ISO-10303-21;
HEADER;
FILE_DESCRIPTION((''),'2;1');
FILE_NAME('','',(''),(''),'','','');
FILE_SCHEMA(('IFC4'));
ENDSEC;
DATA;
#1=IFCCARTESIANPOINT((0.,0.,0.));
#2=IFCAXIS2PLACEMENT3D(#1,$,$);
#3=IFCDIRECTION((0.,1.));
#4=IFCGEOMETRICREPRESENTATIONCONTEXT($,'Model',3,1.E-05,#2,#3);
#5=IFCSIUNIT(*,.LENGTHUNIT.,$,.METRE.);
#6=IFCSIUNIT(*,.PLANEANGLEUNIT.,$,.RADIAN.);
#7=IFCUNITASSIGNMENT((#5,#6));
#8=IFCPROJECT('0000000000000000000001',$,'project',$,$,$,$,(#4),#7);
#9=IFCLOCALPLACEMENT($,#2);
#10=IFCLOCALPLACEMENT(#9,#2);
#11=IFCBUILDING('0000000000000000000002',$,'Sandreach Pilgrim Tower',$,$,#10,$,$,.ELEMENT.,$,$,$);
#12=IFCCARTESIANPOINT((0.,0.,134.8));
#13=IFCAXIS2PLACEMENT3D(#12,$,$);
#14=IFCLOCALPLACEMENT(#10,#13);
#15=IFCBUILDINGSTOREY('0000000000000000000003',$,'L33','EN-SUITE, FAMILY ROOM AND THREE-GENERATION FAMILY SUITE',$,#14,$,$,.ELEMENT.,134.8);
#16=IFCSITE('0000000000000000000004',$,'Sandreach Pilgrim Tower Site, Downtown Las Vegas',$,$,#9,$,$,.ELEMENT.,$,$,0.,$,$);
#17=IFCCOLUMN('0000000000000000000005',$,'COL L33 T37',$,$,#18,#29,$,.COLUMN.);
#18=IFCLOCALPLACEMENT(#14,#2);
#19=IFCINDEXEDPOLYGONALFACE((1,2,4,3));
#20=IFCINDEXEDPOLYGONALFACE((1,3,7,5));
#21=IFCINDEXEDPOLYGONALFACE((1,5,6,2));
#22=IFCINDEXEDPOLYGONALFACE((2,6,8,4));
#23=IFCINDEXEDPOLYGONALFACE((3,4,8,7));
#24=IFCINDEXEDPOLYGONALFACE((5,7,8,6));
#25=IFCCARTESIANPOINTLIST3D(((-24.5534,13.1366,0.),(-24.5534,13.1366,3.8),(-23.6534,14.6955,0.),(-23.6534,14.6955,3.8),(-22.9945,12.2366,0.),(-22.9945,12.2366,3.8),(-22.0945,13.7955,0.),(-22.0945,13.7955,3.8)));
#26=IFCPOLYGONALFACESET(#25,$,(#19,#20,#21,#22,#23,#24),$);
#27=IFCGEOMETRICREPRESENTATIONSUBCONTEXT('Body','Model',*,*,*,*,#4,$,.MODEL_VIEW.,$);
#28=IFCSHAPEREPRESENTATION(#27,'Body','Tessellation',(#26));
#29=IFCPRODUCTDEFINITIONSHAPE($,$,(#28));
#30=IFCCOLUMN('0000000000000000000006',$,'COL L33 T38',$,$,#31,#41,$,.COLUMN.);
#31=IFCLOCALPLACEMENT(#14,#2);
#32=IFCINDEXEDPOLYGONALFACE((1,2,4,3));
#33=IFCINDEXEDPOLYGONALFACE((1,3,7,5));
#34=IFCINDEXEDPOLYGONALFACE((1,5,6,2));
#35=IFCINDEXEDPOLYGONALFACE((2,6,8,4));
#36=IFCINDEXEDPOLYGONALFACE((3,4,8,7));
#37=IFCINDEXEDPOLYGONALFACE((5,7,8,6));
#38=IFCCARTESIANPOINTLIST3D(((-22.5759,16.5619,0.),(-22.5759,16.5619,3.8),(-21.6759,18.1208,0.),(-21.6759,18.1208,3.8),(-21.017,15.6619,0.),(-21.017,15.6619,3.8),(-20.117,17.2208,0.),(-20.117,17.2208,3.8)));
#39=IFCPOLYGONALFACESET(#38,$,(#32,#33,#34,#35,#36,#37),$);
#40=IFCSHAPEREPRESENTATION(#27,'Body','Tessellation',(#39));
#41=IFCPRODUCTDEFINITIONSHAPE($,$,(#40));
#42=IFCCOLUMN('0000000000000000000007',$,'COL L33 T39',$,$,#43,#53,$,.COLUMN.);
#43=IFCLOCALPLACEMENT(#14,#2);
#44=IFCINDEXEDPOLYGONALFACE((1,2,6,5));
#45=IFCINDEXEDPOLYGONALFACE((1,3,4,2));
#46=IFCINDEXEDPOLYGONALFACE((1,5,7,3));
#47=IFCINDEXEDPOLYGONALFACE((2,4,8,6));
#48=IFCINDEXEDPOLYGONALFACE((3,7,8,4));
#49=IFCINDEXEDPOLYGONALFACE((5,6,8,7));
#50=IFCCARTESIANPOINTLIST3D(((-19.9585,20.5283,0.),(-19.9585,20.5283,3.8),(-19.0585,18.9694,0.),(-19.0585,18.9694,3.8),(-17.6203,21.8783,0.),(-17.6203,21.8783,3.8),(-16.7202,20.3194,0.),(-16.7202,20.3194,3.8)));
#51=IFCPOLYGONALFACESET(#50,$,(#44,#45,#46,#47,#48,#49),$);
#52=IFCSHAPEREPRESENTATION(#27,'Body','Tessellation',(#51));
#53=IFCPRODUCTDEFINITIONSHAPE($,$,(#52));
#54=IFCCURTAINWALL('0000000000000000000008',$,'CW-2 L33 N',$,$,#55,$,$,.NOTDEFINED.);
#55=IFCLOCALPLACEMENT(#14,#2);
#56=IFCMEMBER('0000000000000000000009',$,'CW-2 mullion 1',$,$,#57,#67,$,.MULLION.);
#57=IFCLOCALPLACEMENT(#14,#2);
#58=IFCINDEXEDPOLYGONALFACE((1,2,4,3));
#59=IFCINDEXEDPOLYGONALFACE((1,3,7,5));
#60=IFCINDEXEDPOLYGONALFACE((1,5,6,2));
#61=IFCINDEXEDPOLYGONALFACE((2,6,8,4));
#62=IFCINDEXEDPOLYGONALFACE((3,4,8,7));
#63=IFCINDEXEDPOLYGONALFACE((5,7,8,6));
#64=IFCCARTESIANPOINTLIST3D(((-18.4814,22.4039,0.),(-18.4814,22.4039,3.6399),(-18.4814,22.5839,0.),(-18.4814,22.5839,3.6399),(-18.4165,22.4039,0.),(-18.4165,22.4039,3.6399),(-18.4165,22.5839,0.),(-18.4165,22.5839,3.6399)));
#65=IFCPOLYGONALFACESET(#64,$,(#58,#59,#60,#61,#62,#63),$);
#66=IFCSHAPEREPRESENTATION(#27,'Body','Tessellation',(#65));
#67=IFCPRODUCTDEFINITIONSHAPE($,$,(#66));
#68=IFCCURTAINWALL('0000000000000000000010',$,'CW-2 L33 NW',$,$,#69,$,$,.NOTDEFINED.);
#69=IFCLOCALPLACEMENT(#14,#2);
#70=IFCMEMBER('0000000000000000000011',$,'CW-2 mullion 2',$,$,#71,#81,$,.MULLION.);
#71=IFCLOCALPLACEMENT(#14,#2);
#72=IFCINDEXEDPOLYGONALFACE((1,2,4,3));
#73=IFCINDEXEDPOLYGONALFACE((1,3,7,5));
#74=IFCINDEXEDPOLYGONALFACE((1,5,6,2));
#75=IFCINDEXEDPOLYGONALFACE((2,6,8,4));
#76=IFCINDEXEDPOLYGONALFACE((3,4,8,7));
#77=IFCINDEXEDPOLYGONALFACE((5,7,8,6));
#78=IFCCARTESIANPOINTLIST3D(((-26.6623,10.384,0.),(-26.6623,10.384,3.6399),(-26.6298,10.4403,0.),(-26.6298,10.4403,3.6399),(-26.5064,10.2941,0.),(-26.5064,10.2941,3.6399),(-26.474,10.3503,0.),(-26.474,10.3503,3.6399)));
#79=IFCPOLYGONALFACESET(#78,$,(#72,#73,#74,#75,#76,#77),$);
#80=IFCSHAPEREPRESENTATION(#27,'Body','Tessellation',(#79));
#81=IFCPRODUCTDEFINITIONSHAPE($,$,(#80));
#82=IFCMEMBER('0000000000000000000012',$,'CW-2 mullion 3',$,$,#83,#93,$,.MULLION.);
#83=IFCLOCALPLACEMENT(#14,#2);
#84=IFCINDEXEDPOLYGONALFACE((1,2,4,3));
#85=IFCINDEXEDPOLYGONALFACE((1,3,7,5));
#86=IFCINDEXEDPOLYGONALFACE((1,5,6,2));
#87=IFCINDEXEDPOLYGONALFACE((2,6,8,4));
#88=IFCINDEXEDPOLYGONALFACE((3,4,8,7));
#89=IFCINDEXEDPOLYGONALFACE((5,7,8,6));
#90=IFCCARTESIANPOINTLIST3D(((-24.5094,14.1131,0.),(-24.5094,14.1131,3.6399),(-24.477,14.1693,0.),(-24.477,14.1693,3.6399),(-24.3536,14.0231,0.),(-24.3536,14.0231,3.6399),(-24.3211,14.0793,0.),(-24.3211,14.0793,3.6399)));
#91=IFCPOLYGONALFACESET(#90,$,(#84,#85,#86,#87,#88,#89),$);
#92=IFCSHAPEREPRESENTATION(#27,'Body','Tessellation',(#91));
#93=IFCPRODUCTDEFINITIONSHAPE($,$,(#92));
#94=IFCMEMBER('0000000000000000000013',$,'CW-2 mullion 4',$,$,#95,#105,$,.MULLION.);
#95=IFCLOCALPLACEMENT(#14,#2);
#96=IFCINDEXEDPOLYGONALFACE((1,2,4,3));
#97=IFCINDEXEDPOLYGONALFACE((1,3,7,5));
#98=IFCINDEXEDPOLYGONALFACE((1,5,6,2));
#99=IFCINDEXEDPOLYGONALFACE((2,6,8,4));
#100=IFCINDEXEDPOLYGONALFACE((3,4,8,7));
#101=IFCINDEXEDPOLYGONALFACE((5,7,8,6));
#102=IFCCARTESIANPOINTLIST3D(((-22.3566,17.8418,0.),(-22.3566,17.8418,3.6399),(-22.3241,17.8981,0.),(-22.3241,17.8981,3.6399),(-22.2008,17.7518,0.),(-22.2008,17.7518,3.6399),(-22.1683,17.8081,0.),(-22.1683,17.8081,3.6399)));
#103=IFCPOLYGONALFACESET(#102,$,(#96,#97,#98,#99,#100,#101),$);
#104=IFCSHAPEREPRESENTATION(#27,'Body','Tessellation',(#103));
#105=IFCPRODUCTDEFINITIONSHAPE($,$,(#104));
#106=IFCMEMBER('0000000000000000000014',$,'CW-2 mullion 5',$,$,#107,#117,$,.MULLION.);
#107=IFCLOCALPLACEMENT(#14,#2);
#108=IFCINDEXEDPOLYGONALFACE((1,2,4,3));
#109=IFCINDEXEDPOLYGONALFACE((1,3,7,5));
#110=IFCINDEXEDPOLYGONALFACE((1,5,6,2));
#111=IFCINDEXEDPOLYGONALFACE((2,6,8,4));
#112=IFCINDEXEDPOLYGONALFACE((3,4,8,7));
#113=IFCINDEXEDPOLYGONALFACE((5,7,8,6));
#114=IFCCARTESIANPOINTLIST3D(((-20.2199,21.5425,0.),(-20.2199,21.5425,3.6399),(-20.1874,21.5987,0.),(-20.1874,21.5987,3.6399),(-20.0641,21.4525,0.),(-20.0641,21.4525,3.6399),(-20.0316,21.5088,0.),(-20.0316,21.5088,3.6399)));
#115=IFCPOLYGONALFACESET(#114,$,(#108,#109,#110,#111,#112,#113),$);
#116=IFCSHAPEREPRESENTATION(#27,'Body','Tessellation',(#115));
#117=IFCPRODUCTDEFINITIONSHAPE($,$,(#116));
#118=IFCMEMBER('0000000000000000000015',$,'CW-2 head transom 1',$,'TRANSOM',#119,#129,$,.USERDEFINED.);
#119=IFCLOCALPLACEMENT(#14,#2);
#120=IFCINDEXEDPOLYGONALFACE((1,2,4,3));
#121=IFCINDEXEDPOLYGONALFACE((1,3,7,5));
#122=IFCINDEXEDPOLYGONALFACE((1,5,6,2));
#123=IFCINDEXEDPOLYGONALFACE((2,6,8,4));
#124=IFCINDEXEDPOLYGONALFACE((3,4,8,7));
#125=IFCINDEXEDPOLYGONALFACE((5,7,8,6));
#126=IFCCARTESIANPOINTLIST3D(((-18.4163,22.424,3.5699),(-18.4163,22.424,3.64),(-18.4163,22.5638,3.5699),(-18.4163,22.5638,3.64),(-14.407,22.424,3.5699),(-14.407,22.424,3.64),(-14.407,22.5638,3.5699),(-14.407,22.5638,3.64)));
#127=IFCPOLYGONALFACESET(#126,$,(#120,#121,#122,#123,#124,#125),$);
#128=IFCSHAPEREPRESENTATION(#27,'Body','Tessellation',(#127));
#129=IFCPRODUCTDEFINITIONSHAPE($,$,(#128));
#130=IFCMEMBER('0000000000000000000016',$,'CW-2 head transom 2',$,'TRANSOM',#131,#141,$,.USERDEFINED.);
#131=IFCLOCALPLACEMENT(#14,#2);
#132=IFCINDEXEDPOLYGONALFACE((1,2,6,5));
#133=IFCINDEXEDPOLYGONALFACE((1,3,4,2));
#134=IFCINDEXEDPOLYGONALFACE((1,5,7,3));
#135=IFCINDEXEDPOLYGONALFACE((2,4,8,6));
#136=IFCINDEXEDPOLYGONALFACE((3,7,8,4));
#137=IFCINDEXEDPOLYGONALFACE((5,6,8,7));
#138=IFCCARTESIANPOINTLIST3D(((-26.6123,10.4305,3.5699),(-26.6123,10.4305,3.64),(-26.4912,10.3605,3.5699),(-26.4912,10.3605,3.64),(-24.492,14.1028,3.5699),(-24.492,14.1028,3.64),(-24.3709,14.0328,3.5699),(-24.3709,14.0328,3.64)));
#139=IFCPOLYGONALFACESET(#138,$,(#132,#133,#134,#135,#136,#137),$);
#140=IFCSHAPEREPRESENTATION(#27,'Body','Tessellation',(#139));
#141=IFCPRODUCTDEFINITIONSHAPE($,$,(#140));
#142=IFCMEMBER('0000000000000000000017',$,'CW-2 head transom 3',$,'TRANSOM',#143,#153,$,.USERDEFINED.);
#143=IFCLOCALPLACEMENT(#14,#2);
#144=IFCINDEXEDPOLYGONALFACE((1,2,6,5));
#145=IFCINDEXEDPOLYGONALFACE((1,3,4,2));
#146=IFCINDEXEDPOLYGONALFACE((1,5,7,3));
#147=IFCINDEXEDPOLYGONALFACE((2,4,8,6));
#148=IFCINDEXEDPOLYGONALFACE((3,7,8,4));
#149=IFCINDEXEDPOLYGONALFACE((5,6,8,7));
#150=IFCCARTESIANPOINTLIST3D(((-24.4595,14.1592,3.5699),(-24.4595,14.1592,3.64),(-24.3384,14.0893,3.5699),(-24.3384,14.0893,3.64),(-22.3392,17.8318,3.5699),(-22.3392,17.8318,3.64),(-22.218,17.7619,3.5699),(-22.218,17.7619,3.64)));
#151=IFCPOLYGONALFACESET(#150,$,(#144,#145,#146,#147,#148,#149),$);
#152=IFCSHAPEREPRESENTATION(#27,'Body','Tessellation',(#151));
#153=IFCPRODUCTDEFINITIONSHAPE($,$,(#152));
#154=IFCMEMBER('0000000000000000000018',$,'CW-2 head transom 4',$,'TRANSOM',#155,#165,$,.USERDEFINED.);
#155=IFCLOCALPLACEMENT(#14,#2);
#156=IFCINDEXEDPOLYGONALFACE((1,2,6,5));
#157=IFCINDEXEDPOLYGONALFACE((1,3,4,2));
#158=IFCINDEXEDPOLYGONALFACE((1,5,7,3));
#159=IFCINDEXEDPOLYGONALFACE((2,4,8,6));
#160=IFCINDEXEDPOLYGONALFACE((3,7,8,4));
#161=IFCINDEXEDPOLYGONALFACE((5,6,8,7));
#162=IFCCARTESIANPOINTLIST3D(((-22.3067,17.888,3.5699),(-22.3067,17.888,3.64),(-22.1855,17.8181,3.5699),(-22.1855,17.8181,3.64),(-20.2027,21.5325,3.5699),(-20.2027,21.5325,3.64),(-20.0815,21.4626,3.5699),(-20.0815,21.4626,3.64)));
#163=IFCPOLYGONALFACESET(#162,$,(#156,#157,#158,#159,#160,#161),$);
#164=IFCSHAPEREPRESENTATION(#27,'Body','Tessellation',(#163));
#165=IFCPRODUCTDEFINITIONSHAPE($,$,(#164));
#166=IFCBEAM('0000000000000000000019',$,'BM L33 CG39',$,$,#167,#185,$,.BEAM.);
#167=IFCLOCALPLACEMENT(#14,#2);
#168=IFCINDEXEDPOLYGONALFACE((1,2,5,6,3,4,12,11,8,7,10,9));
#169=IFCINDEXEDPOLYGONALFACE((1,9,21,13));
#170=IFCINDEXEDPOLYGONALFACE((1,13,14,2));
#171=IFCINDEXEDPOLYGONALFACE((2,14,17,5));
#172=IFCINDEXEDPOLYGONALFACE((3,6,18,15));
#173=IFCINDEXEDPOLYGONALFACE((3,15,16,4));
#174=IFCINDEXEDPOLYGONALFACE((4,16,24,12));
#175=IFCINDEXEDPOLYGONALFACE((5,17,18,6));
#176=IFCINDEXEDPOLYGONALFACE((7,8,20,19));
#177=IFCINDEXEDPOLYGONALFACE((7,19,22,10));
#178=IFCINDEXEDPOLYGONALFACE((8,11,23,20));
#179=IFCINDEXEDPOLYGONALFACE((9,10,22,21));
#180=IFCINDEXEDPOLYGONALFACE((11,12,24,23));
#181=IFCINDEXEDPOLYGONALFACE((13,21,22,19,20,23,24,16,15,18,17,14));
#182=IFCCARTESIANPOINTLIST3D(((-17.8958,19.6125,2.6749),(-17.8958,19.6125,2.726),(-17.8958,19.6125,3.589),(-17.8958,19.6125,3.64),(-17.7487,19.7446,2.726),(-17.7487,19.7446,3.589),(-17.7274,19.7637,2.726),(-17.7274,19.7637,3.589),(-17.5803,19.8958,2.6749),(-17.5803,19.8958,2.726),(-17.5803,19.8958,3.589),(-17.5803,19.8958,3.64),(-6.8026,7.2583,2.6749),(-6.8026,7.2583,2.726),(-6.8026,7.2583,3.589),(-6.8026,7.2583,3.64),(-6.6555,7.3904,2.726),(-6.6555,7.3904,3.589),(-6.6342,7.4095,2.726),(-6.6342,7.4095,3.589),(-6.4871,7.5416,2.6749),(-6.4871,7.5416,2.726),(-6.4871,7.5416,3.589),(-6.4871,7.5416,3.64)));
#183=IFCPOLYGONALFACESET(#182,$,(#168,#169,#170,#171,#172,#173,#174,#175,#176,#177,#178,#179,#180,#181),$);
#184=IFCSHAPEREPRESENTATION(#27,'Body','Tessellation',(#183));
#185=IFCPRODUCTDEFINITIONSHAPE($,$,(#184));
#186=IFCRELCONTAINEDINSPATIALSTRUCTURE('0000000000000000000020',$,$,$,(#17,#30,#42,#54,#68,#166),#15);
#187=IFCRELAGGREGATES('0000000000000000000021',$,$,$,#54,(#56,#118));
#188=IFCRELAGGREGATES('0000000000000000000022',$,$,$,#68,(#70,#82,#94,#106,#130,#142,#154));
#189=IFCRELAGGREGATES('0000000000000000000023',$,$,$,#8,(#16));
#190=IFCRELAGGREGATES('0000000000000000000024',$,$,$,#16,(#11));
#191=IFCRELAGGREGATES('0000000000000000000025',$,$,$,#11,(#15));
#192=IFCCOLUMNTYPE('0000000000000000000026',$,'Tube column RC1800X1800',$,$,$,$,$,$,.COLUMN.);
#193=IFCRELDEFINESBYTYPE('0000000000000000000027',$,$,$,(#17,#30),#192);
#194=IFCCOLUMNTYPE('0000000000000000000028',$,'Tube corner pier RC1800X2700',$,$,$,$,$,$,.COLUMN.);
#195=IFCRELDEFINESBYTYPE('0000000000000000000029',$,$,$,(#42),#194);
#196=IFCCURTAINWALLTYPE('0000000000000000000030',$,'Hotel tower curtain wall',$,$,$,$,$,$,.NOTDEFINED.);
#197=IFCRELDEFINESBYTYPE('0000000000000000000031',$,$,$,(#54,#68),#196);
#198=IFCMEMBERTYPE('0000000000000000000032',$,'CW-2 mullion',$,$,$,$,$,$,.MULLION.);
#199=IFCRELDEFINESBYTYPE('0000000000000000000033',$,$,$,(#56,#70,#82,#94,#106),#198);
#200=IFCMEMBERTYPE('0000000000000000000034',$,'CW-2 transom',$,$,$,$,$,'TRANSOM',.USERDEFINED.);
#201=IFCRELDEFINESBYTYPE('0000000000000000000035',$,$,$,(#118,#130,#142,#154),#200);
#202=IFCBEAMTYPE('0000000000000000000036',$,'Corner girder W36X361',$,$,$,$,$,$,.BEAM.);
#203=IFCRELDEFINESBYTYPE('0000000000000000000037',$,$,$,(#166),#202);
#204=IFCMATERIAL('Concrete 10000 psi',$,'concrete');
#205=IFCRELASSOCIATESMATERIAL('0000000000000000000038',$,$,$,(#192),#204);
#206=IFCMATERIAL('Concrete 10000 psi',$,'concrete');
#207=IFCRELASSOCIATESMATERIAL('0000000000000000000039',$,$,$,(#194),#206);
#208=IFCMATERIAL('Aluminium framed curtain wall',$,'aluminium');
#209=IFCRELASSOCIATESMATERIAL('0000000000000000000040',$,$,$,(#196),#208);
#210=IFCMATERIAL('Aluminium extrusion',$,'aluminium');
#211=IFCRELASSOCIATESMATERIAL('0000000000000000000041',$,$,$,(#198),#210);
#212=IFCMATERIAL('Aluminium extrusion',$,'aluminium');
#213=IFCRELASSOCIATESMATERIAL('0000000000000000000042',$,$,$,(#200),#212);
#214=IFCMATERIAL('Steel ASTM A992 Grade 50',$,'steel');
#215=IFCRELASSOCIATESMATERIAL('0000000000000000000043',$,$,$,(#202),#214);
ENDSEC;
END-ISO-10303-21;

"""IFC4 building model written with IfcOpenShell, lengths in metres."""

from ifc_helpers import new_model, si_unit, direction, frame, origin, origin_2d, place, context, subcontext, project, spatial, rectangle, i_section, extrude, material, material_profile, profile_set, type_object, element, aggregate, save


model = new_model("IFC4")

# Units and contexts
model_context = context("Model", 3, precision=1e-05, world=origin(), true_north=direction((0.0, 1.0)))
body_context = subcontext(model_context, "Body", "Model", "MODEL_VIEW")
ifc_project = project(units=[si_unit("LENGTHUNIT", "METRE"), si_unit("PLANEANGLEUNIT", "RADIAN")], contexts=[model_context])

# Site, building, storey
site_placement = place(None, origin())
site = spatial("IfcSite", under=ifc_project, at=site_placement, Name="Sandreach Pilgrim Tower Site, Downtown Las Vegas", CompositionType="ELEMENT", RefElevation=0.0)
building_placement = place(site_placement, origin())
building = spatial("IfcBuilding", under=site, at=building_placement, Name="Sandreach Pilgrim Tower", CompositionType="ELEMENT")
storey_placement = place(building_placement, frame((0.0, 0.0, 134.8)))
storey = spatial("IfcBuildingStorey", under=building, at=storey_placement, Name="L33", Description="EN-SUITE, FAMILY ROOM AND THREE-GENERATION FAMILY SUITE", CompositionType="ELEMENT", Elevation=134.8)

# Columns
ifc_material_1 = material(Name="Concrete 10000 psi", Category="concrete")
ifc_material_profile_1 = material_profile(ifc_material_1, rectangle(XDim=1.8, YDim=1.8, at=origin_2d()), Name="RC1800X1800")
ifc_profile_set_1 = profile_set([ifc_material_profile_1], Name="Concrete 10000 psi")
column_type_1 = type_object("IfcColumnType", Name="Tube column RC1800X1800", PredefinedType="COLUMN", material=ifc_profile_set_1)
for number, where, z_axis, x_axis, name in (
    (1, (-23.324, 13.4661, 0.0), (0.0, 0.0, 1.0), (-0.866025, 0.5, 0.0), "COL L33 T37"),
    (2, (-21.3464, 16.8914, 0.0), (0.0, 0.0, 1.0), (-0.866025, 0.5, 0.0), "COL L33 T38"),
):
    element("IfcColumn", number, at=place(storey_placement, frame(where, z_axis=z_axis, x_axis=x_axis)), inside=storey, type_object=column_type_1, Name=name, PredefinedType="COLUMN", context=body_context, shape_type="SweptSolid", body=[
        extrude(rectangle(XDim=1.8, YDim=1.8, at=origin_2d()), origin(), (0.0, 0.0, 1.0), 3.8),
    ])
ifc_material_2 = material(Name="Concrete 10000 psi", Category="concrete")
ifc_material_profile_2 = material_profile(ifc_material_2, rectangle(XDim=1.8, YDim=2.7, at=origin_2d()), Name="RC1800X2700")
ifc_profile_set_2 = profile_set([ifc_material_profile_2], Name="Concrete 10000 psi")
column_type_2 = type_object("IfcColumnType", Name="Tube corner pier RC1800X2700", PredefinedType="COLUMN", material=ifc_profile_set_2)
column_placement = place(storey_placement, frame((-18.3394, 20.4238, 0.0), z_axis=(0.0, 0.0, 1.0), x_axis=(-0.5, 0.866025, 0.0)))
element("IfcColumn", 3, at=column_placement, inside=storey, type_object=column_type_2, Name="COL L33 T39", PredefinedType="COLUMN", context=body_context, shape_type="SweptSolid", body=[
    extrude(rectangle(XDim=1.8, YDim=2.7, at=origin_2d()), origin(), (0.0, 0.0, 1.0), 3.8),
])

# Curtain wall, member
ifc_material_3 = material(Name="Aluminium framed curtain wall", Category="aluminium")
curtain_wall_type = type_object("IfcCurtainWallType", Name="Hotel tower curtain wall", PredefinedType="NOTDEFINED", material=ifc_material_3)
curtain_wall_1_placement = place(storey_placement, origin())
curtain_wall_1 = element("IfcCurtainWall", 4, at=curtain_wall_1_placement, inside=storey, type_object=curtain_wall_type, Name="CW-2 L33 N", PredefinedType="NOTDEFINED")
ifc_material_4 = material(Name="Aluminium extrusion", Category="aluminium")
ifc_material_profile_3 = material_profile(ifc_material_4, rectangle(XDim=0.0649, YDim=0.1799, at=origin_2d()), Name="CW-2M 65X180")
ifc_profile_set_3 = profile_set([ifc_material_profile_3], Name="Aluminium extrusion")
member_type_1 = type_object("IfcMemberType", Name="CW-2 mullion", PredefinedType="MULLION", material=ifc_profile_set_3)
member_1_placement = place(storey_placement, frame((-18.449, 22.4939, 0.0), z_axis=(0.0, 0.0, 1.0), x_axis=(1.0, 0.0, 0.0)))
member_1 = element("IfcMember", 5, at=member_1_placement, type_object=member_type_1, Name="CW-2 mullion 1", PredefinedType="MULLION", context=body_context, shape_type="SweptSolid", body=[
    extrude(rectangle(XDim=0.0649, YDim=0.1799, at=origin_2d()), origin(), (0.0, 0.0, 1.0), 3.6399),
])

# Curtain wall, members
curtain_wall_2_placement = place(storey_placement, origin())
curtain_wall_2 = element("IfcCurtainWall", 6, at=curtain_wall_2_placement, inside=storey, type_object=curtain_wall_type, Name="CW-2 L33 NW", PredefinedType="NOTDEFINED")
member_2_placement = place(storey_placement, frame((-26.5681, 10.3672, 0.0), z_axis=(0.0, 0.0, 1.0), x_axis=(0.5, 0.866025, 0.0)))
member_2 = element("IfcMember", 7, at=member_2_placement, type_object=member_type_1, Name="CW-2 mullion 2", PredefinedType="MULLION", context=body_context, shape_type="SweptSolid", body=[
    extrude(rectangle(XDim=0.0649, YDim=0.1799, at=origin_2d()), origin(), (0.0, 0.0, 1.0), 3.6399),
])
member_3_placement = place(storey_placement, frame((-24.4153, 14.0962, 0.0), z_axis=(0.0, 0.0, 1.0), x_axis=(0.5, 0.866025, 0.0)))
member_3 = element("IfcMember", 8, at=member_3_placement, type_object=member_type_1, Name="CW-2 mullion 3", PredefinedType="MULLION", context=body_context, shape_type="SweptSolid", body=[
    extrude(rectangle(XDim=0.0649, YDim=0.1799, at=origin_2d()), origin(), (0.0, 0.0, 1.0), 3.6399),
])
member_4_placement = place(storey_placement, frame((-22.2625, 17.825, 0.0), z_axis=(0.0, 0.0, 1.0), x_axis=(0.5, 0.866025, 0.0)))
member_4 = element("IfcMember", 9, at=member_4_placement, type_object=member_type_1, Name="CW-2 mullion 4", PredefinedType="MULLION", context=body_context, shape_type="SweptSolid", body=[
    extrude(rectangle(XDim=0.0649, YDim=0.1799, at=origin_2d()), origin(), (0.0, 0.0, 1.0), 3.6399),
])
member_5_placement = place(storey_placement, frame((-20.1257, 21.5256, 0.0), z_axis=(0.0, 0.0, 1.0), x_axis=(0.5, 0.866025, 0.0)))
member_5 = element("IfcMember", 10, at=member_5_placement, type_object=member_type_1, Name="CW-2 mullion 5", PredefinedType="MULLION", context=body_context, shape_type="SweptSolid", body=[
    extrude(rectangle(XDim=0.0649, YDim=0.1799, at=origin_2d()), origin(), (0.0, 0.0, 1.0), 3.6399),
])

# Members
ifc_material_5 = material(Name="Aluminium extrusion", Category="aluminium")
ifc_material_profile_4 = material_profile(ifc_material_5, rectangle(XDim=0.1399, YDim=0.0701, at=origin_2d()), Name="CW-2T 140X70")
ifc_profile_set_4 = profile_set([ifc_material_profile_4], Name="Aluminium extrusion")
member_type_2 = type_object("IfcMemberType", Name="CW-2 transom", ElementType="TRANSOM", PredefinedType="USERDEFINED", material=ifc_profile_set_4)
member_6_placement = place(storey_placement, frame((-18.4163, 22.4939, 3.605), z_axis=(1.0, 0.0, 0.0), x_axis=(0.0, 1.0, 0.0)))
member_6 = element("IfcMember", 11, at=member_6_placement, type_object=member_type_2, Name="CW-2 head transom 1", ObjectType="TRANSOM", PredefinedType="USERDEFINED", context=body_context, shape_type="SweptSolid", body=[
    extrude(rectangle(XDim=0.1399, YDim=0.0701, at=origin_2d()), origin(), (0.0, 0.0, 1.0), 4.0093),
])
member_7_placement = place(storey_placement, frame((-26.5518, 10.3955, 3.605), z_axis=(0.500021, 0.866013, 0.0), x_axis=(-0.866013, 0.500021, 0.0)))
member_7 = element("IfcMember", 12, at=member_7_placement, type_object=member_type_2, Name="CW-2 head transom 2", ObjectType="TRANSOM", PredefinedType="USERDEFINED", context=body_context, shape_type="SweptSolid", body=[
    extrude(rectangle(XDim=0.1399, YDim=0.0701, at=origin_2d()), origin(), (0.0, 0.0, 1.0), 4.2405),
])
member_8_placement = place(storey_placement, frame((-24.3989, 14.1243, 3.605), z_axis=(0.499997, 0.866027, 0.0), x_axis=(-0.866027, 0.499997, 0.0)))
member_8 = element("IfcMember", 13, at=member_8_placement, type_object=member_type_2, Name="CW-2 head transom 3", ObjectType="TRANSOM", PredefinedType="USERDEFINED", context=body_context, shape_type="SweptSolid", body=[
    extrude(rectangle(XDim=0.1399, YDim=0.0701, at=origin_2d()), origin(), (0.0, 0.0, 1.0), 4.2407),
])
member_9_placement = place(storey_placement, frame((-22.2461, 17.853, 3.605), z_axis=(0.49997, 0.866043, 0.0), x_axis=(-0.866043, 0.49997, 0.0)))
member_9 = element("IfcMember", 14, at=member_9_placement, type_object=member_type_2, Name="CW-2 head transom 4", ObjectType="TRANSOM", PredefinedType="USERDEFINED", context=body_context, shape_type="SweptSolid", body=[
    extrude(rectangle(XDim=0.1399, YDim=0.0701, at=origin_2d()), origin(), (0.0, 0.0, 1.0), 4.2083),
])

# Beam
ifc_material_6 = material(Name="Steel ASTM A992 Grade 50", Category="steel")
ifc_material_profile_5 = material_profile(ifc_material_6, i_section(OverallWidth=0.4241, OverallDepth=0.9651, WebThickness=0.0286, FlangeThickness=0.051, at=origin_2d()), Name="W36X361")
ifc_profile_set_5 = profile_set([ifc_material_profile_5], Name="Steel ASTM A992 Grade 50")
beam_type_1 = type_object("IfcBeamType", Name="Corner girder W36X361", PredefinedType="BEAM", material=ifc_profile_set_5)
beam_1_placement = place(storey_placement, frame((-17.738, 19.7542, 3.1575), z_axis=(0.668114, -0.744059, 0.0), x_axis=(0.744059, 0.668114, 0.0)))
element("IfcBeam", 15, at=beam_1_placement, inside=storey, type_object=beam_type_1, Name="BM L33 CG39", PredefinedType="BEAM", context=body_context, shape_type="SweptSolid", body=[
    extrude(i_section(OverallWidth=0.4241, OverallDepth=0.9651, WebThickness=0.0286, FlangeThickness=0.051, at=origin_2d()), origin(), (0.0, 0.0, 1.0), 16.6038),
])

aggregate(curtain_wall_1, [member_1, member_6])
aggregate(curtain_wall_2, [member_2, member_3, member_4, member_5, member_7, member_8, member_9])

save(model, "model.ifc")
